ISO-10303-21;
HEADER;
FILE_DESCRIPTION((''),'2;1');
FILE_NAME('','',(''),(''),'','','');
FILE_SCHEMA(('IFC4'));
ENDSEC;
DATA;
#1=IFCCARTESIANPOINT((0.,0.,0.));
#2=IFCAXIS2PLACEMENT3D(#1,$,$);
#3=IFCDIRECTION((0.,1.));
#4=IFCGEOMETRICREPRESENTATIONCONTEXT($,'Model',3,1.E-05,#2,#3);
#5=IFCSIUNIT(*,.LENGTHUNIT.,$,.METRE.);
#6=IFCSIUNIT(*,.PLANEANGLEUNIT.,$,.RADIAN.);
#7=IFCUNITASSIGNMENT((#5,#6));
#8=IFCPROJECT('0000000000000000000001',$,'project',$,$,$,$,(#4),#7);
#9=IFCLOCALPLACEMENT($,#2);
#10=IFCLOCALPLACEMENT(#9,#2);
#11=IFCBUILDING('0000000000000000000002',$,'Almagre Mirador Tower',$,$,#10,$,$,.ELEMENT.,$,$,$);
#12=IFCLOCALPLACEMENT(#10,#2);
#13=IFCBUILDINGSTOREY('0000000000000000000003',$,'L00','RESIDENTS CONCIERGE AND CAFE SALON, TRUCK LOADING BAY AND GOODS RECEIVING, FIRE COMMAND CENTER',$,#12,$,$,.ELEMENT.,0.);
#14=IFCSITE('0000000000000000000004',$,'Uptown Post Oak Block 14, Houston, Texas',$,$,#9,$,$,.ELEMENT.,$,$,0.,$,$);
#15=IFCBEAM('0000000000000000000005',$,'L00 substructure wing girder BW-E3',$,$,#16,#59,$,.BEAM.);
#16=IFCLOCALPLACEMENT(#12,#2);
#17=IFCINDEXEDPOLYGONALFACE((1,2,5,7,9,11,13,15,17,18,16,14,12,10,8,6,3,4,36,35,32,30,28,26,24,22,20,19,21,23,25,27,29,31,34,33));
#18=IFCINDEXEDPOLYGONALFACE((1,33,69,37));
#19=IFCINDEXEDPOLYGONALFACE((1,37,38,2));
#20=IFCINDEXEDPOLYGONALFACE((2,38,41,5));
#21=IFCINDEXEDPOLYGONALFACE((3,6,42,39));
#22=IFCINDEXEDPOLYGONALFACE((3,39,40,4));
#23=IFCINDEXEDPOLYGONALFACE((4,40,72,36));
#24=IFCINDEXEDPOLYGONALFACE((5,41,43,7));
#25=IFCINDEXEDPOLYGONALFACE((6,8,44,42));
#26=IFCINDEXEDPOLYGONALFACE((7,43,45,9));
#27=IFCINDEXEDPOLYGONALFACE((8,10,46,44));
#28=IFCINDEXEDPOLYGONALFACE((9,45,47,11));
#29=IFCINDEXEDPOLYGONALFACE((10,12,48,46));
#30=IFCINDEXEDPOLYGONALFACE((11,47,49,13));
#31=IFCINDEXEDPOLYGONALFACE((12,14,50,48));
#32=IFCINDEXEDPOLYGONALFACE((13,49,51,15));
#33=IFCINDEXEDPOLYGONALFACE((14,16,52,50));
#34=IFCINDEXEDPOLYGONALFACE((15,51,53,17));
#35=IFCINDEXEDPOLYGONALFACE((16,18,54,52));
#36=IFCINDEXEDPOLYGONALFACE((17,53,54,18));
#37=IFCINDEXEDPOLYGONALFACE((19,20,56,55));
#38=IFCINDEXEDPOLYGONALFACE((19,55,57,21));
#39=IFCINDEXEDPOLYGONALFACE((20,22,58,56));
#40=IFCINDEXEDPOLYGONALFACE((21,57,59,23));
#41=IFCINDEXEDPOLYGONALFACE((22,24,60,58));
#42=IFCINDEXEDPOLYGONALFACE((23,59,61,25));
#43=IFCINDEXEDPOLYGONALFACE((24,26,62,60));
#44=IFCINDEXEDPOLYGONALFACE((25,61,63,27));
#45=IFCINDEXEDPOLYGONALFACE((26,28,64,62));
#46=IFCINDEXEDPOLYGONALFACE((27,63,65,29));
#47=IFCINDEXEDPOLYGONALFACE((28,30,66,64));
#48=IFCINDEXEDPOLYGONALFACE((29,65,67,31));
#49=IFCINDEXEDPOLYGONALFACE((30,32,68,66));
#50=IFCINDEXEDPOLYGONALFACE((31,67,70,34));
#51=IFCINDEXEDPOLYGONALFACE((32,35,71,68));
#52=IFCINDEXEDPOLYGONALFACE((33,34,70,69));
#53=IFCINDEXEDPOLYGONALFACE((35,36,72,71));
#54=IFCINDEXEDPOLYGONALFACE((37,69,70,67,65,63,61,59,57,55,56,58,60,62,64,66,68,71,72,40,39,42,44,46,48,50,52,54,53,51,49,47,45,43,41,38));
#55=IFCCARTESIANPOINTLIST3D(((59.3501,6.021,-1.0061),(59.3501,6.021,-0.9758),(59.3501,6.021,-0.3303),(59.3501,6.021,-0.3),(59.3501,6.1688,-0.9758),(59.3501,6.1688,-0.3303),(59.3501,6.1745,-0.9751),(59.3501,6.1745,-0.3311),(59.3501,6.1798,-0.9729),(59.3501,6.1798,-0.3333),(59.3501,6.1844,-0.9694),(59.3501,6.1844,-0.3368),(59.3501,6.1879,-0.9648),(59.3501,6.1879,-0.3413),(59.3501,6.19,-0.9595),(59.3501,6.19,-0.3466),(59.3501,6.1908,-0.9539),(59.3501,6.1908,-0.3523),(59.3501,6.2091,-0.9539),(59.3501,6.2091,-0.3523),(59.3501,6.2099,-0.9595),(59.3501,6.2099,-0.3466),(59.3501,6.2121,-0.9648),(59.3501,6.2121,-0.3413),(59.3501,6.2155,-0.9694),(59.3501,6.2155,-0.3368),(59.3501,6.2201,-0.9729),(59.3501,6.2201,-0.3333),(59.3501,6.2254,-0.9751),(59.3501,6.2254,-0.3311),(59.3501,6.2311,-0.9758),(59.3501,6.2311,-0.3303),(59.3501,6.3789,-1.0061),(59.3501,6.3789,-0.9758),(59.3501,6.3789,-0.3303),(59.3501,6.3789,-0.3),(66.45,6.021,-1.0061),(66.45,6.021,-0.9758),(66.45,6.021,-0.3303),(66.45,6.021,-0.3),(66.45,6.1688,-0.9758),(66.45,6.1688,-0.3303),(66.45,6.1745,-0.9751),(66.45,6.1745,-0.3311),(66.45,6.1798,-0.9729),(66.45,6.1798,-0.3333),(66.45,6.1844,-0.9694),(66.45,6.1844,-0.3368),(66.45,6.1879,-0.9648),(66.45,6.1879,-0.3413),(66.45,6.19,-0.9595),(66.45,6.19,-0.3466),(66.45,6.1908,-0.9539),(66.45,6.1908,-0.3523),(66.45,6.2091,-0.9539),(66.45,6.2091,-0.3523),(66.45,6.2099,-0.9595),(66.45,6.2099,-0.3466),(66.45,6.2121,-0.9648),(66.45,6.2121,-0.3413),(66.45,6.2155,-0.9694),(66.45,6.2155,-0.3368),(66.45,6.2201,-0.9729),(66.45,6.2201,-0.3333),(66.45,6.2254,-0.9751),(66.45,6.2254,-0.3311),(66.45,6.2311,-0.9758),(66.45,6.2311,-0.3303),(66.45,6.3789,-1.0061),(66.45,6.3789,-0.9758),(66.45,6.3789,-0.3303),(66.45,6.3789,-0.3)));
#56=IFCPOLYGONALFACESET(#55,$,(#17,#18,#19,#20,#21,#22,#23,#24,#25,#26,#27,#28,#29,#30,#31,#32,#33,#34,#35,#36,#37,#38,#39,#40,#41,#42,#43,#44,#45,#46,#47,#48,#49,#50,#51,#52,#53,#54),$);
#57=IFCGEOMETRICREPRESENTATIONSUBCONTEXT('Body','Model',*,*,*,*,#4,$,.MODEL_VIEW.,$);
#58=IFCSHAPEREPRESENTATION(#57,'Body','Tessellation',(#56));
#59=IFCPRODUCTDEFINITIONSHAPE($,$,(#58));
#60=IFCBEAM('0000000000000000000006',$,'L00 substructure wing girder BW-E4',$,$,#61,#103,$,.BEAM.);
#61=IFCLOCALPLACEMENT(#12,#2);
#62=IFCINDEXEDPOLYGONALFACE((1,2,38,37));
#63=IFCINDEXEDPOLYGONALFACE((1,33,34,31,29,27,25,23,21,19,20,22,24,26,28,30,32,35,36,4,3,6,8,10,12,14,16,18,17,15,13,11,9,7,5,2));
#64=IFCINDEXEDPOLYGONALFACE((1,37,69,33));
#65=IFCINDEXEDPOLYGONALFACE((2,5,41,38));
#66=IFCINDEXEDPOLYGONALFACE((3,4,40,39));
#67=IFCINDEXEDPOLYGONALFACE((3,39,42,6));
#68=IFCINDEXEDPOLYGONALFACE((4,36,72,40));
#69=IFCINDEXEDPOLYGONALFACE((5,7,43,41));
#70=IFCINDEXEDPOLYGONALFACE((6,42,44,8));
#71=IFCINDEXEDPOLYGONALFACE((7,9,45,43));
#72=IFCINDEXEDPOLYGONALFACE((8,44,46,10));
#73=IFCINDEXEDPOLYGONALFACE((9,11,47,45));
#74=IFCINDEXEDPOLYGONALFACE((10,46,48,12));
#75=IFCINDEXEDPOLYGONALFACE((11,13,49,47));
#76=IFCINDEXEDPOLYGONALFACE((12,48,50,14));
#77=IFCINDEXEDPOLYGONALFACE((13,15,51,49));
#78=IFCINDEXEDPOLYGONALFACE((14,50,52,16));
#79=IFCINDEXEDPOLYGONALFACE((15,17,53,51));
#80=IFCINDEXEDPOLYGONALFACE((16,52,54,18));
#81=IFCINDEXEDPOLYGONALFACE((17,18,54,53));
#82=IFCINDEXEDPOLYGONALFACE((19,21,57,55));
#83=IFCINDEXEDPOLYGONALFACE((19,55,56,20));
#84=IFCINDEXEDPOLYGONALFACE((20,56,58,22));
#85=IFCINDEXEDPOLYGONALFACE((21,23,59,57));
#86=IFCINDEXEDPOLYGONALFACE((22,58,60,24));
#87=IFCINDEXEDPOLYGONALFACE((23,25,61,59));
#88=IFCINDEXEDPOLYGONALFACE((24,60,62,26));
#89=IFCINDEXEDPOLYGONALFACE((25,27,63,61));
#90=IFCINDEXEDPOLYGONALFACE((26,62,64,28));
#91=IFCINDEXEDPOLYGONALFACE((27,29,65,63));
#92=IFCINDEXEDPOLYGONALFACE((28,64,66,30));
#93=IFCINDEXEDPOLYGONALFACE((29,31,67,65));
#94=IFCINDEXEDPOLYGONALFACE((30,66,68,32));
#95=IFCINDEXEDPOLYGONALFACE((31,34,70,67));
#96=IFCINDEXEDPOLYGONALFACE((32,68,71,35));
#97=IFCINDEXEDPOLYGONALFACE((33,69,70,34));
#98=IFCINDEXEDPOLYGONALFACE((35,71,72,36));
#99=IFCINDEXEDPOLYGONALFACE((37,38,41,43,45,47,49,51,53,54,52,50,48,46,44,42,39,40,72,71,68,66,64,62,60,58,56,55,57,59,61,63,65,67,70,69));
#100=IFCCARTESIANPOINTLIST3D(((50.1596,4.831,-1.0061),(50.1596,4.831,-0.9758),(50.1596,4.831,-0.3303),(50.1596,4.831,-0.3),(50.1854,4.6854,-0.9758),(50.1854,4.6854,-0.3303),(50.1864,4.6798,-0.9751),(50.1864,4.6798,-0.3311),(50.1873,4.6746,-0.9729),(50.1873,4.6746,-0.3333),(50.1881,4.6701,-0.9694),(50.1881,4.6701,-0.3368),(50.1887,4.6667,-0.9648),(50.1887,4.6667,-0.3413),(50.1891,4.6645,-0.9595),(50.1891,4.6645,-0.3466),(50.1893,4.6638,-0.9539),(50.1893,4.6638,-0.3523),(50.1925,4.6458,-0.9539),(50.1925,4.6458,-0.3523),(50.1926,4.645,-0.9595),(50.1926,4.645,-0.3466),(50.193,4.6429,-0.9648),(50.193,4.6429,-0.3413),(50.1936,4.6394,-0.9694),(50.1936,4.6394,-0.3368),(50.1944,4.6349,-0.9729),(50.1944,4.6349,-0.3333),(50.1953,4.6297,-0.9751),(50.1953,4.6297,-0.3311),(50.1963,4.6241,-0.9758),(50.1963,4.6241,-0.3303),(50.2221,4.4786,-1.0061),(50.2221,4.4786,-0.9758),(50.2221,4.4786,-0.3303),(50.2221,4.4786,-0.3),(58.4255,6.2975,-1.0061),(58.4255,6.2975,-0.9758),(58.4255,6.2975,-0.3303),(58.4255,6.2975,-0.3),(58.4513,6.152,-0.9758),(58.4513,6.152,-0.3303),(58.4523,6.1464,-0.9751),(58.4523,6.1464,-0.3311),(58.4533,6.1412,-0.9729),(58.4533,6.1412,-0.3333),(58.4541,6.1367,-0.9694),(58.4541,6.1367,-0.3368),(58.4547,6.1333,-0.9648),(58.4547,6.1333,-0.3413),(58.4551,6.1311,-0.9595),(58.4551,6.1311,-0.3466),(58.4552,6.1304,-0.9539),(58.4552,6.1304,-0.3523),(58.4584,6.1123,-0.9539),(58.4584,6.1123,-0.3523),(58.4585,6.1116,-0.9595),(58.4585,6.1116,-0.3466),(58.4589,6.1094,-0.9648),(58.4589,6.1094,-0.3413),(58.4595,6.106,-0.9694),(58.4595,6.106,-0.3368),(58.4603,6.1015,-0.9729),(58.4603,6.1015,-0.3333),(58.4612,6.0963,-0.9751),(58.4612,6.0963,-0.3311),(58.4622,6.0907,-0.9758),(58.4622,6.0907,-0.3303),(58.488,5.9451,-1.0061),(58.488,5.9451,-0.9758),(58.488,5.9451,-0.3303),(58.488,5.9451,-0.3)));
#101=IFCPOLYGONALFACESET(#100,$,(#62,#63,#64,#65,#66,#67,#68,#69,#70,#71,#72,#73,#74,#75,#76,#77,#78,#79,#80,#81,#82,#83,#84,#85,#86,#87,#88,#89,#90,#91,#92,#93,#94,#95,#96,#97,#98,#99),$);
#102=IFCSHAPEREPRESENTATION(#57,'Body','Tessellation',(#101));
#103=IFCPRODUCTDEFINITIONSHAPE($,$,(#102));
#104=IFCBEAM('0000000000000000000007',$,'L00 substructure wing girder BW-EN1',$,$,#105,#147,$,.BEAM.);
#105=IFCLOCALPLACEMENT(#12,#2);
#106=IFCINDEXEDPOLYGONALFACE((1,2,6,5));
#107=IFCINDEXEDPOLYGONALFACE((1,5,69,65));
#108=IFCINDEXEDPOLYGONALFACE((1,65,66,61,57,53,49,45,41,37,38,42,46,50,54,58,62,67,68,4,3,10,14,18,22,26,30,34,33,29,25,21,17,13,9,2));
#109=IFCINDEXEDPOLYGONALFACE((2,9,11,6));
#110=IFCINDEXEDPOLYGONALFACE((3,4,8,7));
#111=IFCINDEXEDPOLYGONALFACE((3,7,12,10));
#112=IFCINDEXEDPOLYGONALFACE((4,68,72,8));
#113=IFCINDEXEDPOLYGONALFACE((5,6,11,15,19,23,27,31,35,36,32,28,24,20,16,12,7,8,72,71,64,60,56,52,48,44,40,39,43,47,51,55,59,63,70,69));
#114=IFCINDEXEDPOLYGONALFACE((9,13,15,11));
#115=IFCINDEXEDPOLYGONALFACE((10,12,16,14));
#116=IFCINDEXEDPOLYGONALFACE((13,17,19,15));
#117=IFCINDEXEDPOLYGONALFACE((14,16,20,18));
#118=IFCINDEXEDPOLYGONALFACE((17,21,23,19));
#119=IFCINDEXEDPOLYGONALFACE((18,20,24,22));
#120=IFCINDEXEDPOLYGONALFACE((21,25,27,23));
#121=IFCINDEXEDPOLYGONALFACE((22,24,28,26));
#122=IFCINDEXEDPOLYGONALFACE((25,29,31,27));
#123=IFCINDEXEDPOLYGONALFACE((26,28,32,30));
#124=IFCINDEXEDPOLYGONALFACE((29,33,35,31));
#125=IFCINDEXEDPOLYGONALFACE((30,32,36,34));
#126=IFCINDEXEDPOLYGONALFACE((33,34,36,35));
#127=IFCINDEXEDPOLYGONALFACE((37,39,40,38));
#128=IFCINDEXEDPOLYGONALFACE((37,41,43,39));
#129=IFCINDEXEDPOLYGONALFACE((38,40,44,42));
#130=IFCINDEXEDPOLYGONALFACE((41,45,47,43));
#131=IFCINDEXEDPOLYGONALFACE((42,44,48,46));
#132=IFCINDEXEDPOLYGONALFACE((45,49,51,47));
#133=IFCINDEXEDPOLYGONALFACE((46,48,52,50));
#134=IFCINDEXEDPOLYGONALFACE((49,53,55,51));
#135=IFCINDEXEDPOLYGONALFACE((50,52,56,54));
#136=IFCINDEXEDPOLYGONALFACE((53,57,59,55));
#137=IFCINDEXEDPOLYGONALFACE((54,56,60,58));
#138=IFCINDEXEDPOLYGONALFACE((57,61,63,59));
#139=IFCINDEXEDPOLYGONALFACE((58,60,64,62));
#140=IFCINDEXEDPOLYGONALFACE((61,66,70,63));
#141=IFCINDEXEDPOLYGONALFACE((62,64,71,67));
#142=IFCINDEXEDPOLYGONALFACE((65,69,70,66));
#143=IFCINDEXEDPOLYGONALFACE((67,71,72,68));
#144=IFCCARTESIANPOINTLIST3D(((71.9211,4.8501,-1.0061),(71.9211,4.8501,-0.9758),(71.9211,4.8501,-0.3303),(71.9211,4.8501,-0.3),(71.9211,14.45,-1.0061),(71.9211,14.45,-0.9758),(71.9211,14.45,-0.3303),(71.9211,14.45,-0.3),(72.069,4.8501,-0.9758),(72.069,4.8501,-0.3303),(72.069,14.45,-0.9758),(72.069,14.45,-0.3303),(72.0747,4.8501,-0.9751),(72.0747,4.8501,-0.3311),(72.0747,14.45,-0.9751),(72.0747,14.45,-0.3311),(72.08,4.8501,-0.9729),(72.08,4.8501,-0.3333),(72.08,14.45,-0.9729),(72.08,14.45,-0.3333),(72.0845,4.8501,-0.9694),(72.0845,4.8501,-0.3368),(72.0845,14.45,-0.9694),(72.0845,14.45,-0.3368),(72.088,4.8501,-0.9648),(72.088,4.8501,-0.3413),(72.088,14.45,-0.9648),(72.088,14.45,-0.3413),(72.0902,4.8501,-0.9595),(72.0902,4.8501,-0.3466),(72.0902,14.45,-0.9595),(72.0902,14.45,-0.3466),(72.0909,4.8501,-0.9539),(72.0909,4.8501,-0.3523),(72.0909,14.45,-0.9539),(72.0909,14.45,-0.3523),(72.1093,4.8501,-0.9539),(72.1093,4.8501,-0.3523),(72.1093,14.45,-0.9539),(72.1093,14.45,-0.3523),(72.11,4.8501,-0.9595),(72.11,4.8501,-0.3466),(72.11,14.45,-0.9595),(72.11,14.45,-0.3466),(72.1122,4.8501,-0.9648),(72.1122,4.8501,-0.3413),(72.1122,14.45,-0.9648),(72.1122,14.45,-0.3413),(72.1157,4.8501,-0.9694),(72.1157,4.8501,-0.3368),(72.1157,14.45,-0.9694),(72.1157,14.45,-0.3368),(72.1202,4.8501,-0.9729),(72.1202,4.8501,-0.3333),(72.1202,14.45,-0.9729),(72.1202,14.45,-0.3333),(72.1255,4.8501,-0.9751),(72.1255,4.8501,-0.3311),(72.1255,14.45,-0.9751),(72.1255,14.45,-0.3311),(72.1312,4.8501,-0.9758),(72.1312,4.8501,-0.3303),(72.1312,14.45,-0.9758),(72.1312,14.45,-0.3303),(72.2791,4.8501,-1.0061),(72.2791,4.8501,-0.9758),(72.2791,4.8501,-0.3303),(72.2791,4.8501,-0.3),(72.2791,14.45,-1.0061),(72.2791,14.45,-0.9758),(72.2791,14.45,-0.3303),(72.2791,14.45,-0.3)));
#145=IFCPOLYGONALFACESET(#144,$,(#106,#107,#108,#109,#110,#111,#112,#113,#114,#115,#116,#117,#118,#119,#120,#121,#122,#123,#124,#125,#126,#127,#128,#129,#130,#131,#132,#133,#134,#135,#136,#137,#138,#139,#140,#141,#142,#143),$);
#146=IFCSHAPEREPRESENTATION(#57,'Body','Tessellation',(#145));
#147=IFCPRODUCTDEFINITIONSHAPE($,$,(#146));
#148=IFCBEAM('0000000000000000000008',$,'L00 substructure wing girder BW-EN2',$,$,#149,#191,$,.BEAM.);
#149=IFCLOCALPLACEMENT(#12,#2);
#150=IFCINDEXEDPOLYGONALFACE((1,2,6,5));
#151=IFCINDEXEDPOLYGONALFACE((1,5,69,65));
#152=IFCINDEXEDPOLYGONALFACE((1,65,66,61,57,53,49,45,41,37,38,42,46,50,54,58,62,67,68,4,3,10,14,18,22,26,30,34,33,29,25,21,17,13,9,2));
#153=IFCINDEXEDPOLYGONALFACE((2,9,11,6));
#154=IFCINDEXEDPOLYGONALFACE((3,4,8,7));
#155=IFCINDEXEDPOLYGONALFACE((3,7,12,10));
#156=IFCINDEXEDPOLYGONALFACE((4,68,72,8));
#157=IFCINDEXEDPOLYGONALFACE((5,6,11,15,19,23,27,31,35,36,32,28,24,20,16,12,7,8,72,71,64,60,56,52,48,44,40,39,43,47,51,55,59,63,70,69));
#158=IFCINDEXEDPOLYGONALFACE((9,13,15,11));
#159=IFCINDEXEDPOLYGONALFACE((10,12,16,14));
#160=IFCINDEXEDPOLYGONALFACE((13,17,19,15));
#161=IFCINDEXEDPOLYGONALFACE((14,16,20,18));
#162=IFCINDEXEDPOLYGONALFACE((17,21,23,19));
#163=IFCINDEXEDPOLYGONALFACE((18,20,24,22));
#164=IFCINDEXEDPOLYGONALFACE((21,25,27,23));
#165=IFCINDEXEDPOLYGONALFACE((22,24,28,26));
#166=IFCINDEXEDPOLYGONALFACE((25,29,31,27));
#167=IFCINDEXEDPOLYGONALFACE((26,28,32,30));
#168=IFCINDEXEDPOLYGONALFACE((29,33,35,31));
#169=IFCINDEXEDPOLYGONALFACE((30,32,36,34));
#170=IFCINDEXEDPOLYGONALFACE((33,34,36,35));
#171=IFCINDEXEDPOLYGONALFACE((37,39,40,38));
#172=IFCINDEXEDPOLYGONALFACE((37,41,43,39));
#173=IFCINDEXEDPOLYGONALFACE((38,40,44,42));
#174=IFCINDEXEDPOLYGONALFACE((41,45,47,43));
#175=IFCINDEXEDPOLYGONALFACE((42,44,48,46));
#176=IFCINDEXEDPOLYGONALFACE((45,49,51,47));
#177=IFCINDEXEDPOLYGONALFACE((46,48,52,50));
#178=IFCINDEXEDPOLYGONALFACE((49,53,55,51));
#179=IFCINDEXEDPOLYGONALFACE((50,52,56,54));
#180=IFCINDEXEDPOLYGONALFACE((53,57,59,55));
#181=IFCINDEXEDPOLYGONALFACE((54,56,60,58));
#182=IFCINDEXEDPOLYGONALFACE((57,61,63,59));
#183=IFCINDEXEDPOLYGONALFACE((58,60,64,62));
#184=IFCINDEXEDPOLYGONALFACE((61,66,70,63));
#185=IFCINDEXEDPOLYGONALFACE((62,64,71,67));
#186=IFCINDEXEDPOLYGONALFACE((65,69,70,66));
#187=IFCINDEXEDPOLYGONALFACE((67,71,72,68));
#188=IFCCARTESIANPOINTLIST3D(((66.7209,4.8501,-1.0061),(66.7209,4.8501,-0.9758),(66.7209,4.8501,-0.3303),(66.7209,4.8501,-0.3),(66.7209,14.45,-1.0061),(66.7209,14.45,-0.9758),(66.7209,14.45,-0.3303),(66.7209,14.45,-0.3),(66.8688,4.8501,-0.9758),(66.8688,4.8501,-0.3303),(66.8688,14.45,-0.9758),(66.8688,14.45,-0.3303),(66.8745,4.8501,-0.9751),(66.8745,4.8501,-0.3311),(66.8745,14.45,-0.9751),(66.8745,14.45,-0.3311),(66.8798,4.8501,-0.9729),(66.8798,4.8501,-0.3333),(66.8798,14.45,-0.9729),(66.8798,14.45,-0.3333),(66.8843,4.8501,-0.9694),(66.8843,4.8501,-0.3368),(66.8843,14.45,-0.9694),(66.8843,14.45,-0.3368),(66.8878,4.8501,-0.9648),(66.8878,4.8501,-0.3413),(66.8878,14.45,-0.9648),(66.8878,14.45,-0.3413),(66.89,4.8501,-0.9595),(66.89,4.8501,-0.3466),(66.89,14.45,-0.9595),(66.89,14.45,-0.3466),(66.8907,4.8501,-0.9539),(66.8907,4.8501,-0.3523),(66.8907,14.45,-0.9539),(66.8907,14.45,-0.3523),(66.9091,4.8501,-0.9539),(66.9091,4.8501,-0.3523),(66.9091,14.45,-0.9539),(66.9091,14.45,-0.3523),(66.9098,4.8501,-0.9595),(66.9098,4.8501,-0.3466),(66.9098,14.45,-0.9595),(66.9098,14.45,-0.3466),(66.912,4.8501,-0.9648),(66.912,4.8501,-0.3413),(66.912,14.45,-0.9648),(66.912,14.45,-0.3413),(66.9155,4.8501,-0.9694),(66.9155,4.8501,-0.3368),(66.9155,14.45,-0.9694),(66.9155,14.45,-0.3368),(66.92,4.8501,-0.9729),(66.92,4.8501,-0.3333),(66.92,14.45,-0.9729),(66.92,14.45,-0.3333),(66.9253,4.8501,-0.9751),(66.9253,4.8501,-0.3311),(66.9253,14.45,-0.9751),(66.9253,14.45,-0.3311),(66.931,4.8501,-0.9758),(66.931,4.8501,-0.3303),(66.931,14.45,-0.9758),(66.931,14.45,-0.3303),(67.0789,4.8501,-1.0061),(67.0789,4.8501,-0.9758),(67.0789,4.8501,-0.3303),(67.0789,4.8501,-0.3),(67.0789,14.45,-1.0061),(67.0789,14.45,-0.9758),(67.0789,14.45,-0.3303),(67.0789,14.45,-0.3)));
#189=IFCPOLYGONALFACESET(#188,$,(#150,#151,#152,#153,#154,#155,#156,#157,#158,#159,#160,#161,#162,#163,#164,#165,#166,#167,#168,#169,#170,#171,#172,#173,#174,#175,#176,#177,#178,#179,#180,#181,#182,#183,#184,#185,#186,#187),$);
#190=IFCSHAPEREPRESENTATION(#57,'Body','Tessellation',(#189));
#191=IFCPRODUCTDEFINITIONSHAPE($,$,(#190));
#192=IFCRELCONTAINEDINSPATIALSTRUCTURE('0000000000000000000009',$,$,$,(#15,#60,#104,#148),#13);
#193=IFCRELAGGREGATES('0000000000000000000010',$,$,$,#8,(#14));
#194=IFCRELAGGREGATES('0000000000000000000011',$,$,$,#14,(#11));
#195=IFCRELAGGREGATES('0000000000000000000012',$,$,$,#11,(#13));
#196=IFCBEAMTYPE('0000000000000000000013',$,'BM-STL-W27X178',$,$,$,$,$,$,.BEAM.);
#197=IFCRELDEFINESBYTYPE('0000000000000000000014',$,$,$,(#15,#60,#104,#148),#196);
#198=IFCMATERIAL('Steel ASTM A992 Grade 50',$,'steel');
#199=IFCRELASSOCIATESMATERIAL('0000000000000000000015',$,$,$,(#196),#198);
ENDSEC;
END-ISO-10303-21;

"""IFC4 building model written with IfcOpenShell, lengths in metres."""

from ifc_helpers import new_model, si_unit, direction, frame, origin, origin_2d, place, context, subcontext, project, spatial, i_section, extrude, material, material_profile, profile_set, type_object, element, save


model = new_model("IFC4")

# Units and contexts
model_context = context("Model", 3, precision=1e-05, world=origin(), true_north=direction((0.0, 1.0)))
body_context = subcontext(model_context, "Body", "Model", "MODEL_VIEW")
ifc_project = project(units=[si_unit("LENGTHUNIT", "METRE"), si_unit("PLANEANGLEUNIT", "RADIAN")], contexts=[model_context])

# Site, building, storey
site_placement = place(None, origin())
site = spatial("IfcSite", under=ifc_project, at=site_placement, Name="Uptown Post Oak Block 14, Houston, Texas", CompositionType="ELEMENT", RefElevation=0.0)
building_placement = place(site_placement, origin())
building = spatial("IfcBuilding", under=site, at=building_placement, Name="Almagre Mirador Tower", CompositionType="ELEMENT")
storey_placement = place(building_placement, origin())
storey = spatial("IfcBuildingStorey", under=building, at=storey_placement, Name="L00", Description="RESIDENTS CONCIERGE AND CAFE SALON, TRUCK LOADING BAY AND GOODS RECEIVING, FIRE COMMAND CENTER", CompositionType="ELEMENT", Elevation=0.0)

# Beams
ifc_material_1 = material(Name="Steel ASTM A992 Grade 50", Category="steel")
ifc_material_profile_1 = material_profile(ifc_material_1, i_section(OverallWidth=0.3579, OverallDepth=0.7061, WebThickness=0.0183, FlangeThickness=0.0303, FilletRadius=0.022, at=origin_2d()), Name="W27X178")
ifc_profile_set_1 = profile_set([ifc_material_profile_1], Name="Steel ASTM A992 Grade 50")
beam_type_1 = type_object("IfcBeamType", Name="BM-STL-W27X178", PredefinedType="BEAM", material=ifc_profile_set_1)
beam_1_placement = place(storey_placement, frame((66.45, 6.2, -0.6531), z_axis=(-1.0, 0.0, 0.0), x_axis=(0.0, -1.0, 0.0)))
element("IfcBeam", 1, at=beam_1_placement, inside=storey, type_object=beam_type_1, Name="L00 substructure wing girder BW-E3", PredefinedType="BEAM", context=body_context, shape_type="SweptSolid", body=[
    extrude(i_section(OverallWidth=0.3579, OverallDepth=0.7061, WebThickness=0.0183, FlangeThickness=0.0303, FilletRadius=0.022, at=origin_2d()), origin(), (0.0, 0.0, 1.0), 7.0999),
])
beam_2_placement = place(storey_placement, frame((58.4568, 6.1213, -0.6531), z_axis=(-0.984623, -0.174694, 0.0), x_axis=(0.174694, -0.984623, 0.0)))
element("IfcBeam", 2, at=beam_2_placement, inside=storey, type_object=beam_type_1, Name="L00 substructure wing girder BW-E4", PredefinedType="BEAM", context=body_context, shape_type="SweptSolid", body=[
    extrude(i_section(OverallWidth=0.3579, OverallDepth=0.7061, WebThickness=0.0183, FlangeThickness=0.0303, FilletRadius=0.022, at=origin_2d()), origin(), (0.0, 0.0, 1.0), 8.395),
])
for number, where, z_axis, x_axis, name in (
    (3, (72.1001, 4.8501, -0.6531), (0.0, 1.0, 0.0), (-1.0, 0.0, 0.0), "L00 substructure wing girder BW-EN1"),
    (4, (66.8999, 4.8501, -0.6531), (0.0, 1.0, 0.0), (-1.0, 0.0, 0.0), "L00 substructure wing girder BW-EN2"),
):
    element("IfcBeam", number, at=place(storey_placement, frame(where, z_axis=z_axis, x_axis=x_axis)), inside=storey, type_object=beam_type_1, Name=name, PredefinedType="BEAM", context=body_context, shape_type="SweptSolid", body=[
        extrude(i_section(OverallWidth=0.3579, OverallDepth=0.7061, WebThickness=0.0183, FlangeThickness=0.0303, FilletRadius=0.022, at=origin_2d()), origin(), (0.0, 0.0, 1.0), 9.5999),
    ])

save(model, "model.ifc")
